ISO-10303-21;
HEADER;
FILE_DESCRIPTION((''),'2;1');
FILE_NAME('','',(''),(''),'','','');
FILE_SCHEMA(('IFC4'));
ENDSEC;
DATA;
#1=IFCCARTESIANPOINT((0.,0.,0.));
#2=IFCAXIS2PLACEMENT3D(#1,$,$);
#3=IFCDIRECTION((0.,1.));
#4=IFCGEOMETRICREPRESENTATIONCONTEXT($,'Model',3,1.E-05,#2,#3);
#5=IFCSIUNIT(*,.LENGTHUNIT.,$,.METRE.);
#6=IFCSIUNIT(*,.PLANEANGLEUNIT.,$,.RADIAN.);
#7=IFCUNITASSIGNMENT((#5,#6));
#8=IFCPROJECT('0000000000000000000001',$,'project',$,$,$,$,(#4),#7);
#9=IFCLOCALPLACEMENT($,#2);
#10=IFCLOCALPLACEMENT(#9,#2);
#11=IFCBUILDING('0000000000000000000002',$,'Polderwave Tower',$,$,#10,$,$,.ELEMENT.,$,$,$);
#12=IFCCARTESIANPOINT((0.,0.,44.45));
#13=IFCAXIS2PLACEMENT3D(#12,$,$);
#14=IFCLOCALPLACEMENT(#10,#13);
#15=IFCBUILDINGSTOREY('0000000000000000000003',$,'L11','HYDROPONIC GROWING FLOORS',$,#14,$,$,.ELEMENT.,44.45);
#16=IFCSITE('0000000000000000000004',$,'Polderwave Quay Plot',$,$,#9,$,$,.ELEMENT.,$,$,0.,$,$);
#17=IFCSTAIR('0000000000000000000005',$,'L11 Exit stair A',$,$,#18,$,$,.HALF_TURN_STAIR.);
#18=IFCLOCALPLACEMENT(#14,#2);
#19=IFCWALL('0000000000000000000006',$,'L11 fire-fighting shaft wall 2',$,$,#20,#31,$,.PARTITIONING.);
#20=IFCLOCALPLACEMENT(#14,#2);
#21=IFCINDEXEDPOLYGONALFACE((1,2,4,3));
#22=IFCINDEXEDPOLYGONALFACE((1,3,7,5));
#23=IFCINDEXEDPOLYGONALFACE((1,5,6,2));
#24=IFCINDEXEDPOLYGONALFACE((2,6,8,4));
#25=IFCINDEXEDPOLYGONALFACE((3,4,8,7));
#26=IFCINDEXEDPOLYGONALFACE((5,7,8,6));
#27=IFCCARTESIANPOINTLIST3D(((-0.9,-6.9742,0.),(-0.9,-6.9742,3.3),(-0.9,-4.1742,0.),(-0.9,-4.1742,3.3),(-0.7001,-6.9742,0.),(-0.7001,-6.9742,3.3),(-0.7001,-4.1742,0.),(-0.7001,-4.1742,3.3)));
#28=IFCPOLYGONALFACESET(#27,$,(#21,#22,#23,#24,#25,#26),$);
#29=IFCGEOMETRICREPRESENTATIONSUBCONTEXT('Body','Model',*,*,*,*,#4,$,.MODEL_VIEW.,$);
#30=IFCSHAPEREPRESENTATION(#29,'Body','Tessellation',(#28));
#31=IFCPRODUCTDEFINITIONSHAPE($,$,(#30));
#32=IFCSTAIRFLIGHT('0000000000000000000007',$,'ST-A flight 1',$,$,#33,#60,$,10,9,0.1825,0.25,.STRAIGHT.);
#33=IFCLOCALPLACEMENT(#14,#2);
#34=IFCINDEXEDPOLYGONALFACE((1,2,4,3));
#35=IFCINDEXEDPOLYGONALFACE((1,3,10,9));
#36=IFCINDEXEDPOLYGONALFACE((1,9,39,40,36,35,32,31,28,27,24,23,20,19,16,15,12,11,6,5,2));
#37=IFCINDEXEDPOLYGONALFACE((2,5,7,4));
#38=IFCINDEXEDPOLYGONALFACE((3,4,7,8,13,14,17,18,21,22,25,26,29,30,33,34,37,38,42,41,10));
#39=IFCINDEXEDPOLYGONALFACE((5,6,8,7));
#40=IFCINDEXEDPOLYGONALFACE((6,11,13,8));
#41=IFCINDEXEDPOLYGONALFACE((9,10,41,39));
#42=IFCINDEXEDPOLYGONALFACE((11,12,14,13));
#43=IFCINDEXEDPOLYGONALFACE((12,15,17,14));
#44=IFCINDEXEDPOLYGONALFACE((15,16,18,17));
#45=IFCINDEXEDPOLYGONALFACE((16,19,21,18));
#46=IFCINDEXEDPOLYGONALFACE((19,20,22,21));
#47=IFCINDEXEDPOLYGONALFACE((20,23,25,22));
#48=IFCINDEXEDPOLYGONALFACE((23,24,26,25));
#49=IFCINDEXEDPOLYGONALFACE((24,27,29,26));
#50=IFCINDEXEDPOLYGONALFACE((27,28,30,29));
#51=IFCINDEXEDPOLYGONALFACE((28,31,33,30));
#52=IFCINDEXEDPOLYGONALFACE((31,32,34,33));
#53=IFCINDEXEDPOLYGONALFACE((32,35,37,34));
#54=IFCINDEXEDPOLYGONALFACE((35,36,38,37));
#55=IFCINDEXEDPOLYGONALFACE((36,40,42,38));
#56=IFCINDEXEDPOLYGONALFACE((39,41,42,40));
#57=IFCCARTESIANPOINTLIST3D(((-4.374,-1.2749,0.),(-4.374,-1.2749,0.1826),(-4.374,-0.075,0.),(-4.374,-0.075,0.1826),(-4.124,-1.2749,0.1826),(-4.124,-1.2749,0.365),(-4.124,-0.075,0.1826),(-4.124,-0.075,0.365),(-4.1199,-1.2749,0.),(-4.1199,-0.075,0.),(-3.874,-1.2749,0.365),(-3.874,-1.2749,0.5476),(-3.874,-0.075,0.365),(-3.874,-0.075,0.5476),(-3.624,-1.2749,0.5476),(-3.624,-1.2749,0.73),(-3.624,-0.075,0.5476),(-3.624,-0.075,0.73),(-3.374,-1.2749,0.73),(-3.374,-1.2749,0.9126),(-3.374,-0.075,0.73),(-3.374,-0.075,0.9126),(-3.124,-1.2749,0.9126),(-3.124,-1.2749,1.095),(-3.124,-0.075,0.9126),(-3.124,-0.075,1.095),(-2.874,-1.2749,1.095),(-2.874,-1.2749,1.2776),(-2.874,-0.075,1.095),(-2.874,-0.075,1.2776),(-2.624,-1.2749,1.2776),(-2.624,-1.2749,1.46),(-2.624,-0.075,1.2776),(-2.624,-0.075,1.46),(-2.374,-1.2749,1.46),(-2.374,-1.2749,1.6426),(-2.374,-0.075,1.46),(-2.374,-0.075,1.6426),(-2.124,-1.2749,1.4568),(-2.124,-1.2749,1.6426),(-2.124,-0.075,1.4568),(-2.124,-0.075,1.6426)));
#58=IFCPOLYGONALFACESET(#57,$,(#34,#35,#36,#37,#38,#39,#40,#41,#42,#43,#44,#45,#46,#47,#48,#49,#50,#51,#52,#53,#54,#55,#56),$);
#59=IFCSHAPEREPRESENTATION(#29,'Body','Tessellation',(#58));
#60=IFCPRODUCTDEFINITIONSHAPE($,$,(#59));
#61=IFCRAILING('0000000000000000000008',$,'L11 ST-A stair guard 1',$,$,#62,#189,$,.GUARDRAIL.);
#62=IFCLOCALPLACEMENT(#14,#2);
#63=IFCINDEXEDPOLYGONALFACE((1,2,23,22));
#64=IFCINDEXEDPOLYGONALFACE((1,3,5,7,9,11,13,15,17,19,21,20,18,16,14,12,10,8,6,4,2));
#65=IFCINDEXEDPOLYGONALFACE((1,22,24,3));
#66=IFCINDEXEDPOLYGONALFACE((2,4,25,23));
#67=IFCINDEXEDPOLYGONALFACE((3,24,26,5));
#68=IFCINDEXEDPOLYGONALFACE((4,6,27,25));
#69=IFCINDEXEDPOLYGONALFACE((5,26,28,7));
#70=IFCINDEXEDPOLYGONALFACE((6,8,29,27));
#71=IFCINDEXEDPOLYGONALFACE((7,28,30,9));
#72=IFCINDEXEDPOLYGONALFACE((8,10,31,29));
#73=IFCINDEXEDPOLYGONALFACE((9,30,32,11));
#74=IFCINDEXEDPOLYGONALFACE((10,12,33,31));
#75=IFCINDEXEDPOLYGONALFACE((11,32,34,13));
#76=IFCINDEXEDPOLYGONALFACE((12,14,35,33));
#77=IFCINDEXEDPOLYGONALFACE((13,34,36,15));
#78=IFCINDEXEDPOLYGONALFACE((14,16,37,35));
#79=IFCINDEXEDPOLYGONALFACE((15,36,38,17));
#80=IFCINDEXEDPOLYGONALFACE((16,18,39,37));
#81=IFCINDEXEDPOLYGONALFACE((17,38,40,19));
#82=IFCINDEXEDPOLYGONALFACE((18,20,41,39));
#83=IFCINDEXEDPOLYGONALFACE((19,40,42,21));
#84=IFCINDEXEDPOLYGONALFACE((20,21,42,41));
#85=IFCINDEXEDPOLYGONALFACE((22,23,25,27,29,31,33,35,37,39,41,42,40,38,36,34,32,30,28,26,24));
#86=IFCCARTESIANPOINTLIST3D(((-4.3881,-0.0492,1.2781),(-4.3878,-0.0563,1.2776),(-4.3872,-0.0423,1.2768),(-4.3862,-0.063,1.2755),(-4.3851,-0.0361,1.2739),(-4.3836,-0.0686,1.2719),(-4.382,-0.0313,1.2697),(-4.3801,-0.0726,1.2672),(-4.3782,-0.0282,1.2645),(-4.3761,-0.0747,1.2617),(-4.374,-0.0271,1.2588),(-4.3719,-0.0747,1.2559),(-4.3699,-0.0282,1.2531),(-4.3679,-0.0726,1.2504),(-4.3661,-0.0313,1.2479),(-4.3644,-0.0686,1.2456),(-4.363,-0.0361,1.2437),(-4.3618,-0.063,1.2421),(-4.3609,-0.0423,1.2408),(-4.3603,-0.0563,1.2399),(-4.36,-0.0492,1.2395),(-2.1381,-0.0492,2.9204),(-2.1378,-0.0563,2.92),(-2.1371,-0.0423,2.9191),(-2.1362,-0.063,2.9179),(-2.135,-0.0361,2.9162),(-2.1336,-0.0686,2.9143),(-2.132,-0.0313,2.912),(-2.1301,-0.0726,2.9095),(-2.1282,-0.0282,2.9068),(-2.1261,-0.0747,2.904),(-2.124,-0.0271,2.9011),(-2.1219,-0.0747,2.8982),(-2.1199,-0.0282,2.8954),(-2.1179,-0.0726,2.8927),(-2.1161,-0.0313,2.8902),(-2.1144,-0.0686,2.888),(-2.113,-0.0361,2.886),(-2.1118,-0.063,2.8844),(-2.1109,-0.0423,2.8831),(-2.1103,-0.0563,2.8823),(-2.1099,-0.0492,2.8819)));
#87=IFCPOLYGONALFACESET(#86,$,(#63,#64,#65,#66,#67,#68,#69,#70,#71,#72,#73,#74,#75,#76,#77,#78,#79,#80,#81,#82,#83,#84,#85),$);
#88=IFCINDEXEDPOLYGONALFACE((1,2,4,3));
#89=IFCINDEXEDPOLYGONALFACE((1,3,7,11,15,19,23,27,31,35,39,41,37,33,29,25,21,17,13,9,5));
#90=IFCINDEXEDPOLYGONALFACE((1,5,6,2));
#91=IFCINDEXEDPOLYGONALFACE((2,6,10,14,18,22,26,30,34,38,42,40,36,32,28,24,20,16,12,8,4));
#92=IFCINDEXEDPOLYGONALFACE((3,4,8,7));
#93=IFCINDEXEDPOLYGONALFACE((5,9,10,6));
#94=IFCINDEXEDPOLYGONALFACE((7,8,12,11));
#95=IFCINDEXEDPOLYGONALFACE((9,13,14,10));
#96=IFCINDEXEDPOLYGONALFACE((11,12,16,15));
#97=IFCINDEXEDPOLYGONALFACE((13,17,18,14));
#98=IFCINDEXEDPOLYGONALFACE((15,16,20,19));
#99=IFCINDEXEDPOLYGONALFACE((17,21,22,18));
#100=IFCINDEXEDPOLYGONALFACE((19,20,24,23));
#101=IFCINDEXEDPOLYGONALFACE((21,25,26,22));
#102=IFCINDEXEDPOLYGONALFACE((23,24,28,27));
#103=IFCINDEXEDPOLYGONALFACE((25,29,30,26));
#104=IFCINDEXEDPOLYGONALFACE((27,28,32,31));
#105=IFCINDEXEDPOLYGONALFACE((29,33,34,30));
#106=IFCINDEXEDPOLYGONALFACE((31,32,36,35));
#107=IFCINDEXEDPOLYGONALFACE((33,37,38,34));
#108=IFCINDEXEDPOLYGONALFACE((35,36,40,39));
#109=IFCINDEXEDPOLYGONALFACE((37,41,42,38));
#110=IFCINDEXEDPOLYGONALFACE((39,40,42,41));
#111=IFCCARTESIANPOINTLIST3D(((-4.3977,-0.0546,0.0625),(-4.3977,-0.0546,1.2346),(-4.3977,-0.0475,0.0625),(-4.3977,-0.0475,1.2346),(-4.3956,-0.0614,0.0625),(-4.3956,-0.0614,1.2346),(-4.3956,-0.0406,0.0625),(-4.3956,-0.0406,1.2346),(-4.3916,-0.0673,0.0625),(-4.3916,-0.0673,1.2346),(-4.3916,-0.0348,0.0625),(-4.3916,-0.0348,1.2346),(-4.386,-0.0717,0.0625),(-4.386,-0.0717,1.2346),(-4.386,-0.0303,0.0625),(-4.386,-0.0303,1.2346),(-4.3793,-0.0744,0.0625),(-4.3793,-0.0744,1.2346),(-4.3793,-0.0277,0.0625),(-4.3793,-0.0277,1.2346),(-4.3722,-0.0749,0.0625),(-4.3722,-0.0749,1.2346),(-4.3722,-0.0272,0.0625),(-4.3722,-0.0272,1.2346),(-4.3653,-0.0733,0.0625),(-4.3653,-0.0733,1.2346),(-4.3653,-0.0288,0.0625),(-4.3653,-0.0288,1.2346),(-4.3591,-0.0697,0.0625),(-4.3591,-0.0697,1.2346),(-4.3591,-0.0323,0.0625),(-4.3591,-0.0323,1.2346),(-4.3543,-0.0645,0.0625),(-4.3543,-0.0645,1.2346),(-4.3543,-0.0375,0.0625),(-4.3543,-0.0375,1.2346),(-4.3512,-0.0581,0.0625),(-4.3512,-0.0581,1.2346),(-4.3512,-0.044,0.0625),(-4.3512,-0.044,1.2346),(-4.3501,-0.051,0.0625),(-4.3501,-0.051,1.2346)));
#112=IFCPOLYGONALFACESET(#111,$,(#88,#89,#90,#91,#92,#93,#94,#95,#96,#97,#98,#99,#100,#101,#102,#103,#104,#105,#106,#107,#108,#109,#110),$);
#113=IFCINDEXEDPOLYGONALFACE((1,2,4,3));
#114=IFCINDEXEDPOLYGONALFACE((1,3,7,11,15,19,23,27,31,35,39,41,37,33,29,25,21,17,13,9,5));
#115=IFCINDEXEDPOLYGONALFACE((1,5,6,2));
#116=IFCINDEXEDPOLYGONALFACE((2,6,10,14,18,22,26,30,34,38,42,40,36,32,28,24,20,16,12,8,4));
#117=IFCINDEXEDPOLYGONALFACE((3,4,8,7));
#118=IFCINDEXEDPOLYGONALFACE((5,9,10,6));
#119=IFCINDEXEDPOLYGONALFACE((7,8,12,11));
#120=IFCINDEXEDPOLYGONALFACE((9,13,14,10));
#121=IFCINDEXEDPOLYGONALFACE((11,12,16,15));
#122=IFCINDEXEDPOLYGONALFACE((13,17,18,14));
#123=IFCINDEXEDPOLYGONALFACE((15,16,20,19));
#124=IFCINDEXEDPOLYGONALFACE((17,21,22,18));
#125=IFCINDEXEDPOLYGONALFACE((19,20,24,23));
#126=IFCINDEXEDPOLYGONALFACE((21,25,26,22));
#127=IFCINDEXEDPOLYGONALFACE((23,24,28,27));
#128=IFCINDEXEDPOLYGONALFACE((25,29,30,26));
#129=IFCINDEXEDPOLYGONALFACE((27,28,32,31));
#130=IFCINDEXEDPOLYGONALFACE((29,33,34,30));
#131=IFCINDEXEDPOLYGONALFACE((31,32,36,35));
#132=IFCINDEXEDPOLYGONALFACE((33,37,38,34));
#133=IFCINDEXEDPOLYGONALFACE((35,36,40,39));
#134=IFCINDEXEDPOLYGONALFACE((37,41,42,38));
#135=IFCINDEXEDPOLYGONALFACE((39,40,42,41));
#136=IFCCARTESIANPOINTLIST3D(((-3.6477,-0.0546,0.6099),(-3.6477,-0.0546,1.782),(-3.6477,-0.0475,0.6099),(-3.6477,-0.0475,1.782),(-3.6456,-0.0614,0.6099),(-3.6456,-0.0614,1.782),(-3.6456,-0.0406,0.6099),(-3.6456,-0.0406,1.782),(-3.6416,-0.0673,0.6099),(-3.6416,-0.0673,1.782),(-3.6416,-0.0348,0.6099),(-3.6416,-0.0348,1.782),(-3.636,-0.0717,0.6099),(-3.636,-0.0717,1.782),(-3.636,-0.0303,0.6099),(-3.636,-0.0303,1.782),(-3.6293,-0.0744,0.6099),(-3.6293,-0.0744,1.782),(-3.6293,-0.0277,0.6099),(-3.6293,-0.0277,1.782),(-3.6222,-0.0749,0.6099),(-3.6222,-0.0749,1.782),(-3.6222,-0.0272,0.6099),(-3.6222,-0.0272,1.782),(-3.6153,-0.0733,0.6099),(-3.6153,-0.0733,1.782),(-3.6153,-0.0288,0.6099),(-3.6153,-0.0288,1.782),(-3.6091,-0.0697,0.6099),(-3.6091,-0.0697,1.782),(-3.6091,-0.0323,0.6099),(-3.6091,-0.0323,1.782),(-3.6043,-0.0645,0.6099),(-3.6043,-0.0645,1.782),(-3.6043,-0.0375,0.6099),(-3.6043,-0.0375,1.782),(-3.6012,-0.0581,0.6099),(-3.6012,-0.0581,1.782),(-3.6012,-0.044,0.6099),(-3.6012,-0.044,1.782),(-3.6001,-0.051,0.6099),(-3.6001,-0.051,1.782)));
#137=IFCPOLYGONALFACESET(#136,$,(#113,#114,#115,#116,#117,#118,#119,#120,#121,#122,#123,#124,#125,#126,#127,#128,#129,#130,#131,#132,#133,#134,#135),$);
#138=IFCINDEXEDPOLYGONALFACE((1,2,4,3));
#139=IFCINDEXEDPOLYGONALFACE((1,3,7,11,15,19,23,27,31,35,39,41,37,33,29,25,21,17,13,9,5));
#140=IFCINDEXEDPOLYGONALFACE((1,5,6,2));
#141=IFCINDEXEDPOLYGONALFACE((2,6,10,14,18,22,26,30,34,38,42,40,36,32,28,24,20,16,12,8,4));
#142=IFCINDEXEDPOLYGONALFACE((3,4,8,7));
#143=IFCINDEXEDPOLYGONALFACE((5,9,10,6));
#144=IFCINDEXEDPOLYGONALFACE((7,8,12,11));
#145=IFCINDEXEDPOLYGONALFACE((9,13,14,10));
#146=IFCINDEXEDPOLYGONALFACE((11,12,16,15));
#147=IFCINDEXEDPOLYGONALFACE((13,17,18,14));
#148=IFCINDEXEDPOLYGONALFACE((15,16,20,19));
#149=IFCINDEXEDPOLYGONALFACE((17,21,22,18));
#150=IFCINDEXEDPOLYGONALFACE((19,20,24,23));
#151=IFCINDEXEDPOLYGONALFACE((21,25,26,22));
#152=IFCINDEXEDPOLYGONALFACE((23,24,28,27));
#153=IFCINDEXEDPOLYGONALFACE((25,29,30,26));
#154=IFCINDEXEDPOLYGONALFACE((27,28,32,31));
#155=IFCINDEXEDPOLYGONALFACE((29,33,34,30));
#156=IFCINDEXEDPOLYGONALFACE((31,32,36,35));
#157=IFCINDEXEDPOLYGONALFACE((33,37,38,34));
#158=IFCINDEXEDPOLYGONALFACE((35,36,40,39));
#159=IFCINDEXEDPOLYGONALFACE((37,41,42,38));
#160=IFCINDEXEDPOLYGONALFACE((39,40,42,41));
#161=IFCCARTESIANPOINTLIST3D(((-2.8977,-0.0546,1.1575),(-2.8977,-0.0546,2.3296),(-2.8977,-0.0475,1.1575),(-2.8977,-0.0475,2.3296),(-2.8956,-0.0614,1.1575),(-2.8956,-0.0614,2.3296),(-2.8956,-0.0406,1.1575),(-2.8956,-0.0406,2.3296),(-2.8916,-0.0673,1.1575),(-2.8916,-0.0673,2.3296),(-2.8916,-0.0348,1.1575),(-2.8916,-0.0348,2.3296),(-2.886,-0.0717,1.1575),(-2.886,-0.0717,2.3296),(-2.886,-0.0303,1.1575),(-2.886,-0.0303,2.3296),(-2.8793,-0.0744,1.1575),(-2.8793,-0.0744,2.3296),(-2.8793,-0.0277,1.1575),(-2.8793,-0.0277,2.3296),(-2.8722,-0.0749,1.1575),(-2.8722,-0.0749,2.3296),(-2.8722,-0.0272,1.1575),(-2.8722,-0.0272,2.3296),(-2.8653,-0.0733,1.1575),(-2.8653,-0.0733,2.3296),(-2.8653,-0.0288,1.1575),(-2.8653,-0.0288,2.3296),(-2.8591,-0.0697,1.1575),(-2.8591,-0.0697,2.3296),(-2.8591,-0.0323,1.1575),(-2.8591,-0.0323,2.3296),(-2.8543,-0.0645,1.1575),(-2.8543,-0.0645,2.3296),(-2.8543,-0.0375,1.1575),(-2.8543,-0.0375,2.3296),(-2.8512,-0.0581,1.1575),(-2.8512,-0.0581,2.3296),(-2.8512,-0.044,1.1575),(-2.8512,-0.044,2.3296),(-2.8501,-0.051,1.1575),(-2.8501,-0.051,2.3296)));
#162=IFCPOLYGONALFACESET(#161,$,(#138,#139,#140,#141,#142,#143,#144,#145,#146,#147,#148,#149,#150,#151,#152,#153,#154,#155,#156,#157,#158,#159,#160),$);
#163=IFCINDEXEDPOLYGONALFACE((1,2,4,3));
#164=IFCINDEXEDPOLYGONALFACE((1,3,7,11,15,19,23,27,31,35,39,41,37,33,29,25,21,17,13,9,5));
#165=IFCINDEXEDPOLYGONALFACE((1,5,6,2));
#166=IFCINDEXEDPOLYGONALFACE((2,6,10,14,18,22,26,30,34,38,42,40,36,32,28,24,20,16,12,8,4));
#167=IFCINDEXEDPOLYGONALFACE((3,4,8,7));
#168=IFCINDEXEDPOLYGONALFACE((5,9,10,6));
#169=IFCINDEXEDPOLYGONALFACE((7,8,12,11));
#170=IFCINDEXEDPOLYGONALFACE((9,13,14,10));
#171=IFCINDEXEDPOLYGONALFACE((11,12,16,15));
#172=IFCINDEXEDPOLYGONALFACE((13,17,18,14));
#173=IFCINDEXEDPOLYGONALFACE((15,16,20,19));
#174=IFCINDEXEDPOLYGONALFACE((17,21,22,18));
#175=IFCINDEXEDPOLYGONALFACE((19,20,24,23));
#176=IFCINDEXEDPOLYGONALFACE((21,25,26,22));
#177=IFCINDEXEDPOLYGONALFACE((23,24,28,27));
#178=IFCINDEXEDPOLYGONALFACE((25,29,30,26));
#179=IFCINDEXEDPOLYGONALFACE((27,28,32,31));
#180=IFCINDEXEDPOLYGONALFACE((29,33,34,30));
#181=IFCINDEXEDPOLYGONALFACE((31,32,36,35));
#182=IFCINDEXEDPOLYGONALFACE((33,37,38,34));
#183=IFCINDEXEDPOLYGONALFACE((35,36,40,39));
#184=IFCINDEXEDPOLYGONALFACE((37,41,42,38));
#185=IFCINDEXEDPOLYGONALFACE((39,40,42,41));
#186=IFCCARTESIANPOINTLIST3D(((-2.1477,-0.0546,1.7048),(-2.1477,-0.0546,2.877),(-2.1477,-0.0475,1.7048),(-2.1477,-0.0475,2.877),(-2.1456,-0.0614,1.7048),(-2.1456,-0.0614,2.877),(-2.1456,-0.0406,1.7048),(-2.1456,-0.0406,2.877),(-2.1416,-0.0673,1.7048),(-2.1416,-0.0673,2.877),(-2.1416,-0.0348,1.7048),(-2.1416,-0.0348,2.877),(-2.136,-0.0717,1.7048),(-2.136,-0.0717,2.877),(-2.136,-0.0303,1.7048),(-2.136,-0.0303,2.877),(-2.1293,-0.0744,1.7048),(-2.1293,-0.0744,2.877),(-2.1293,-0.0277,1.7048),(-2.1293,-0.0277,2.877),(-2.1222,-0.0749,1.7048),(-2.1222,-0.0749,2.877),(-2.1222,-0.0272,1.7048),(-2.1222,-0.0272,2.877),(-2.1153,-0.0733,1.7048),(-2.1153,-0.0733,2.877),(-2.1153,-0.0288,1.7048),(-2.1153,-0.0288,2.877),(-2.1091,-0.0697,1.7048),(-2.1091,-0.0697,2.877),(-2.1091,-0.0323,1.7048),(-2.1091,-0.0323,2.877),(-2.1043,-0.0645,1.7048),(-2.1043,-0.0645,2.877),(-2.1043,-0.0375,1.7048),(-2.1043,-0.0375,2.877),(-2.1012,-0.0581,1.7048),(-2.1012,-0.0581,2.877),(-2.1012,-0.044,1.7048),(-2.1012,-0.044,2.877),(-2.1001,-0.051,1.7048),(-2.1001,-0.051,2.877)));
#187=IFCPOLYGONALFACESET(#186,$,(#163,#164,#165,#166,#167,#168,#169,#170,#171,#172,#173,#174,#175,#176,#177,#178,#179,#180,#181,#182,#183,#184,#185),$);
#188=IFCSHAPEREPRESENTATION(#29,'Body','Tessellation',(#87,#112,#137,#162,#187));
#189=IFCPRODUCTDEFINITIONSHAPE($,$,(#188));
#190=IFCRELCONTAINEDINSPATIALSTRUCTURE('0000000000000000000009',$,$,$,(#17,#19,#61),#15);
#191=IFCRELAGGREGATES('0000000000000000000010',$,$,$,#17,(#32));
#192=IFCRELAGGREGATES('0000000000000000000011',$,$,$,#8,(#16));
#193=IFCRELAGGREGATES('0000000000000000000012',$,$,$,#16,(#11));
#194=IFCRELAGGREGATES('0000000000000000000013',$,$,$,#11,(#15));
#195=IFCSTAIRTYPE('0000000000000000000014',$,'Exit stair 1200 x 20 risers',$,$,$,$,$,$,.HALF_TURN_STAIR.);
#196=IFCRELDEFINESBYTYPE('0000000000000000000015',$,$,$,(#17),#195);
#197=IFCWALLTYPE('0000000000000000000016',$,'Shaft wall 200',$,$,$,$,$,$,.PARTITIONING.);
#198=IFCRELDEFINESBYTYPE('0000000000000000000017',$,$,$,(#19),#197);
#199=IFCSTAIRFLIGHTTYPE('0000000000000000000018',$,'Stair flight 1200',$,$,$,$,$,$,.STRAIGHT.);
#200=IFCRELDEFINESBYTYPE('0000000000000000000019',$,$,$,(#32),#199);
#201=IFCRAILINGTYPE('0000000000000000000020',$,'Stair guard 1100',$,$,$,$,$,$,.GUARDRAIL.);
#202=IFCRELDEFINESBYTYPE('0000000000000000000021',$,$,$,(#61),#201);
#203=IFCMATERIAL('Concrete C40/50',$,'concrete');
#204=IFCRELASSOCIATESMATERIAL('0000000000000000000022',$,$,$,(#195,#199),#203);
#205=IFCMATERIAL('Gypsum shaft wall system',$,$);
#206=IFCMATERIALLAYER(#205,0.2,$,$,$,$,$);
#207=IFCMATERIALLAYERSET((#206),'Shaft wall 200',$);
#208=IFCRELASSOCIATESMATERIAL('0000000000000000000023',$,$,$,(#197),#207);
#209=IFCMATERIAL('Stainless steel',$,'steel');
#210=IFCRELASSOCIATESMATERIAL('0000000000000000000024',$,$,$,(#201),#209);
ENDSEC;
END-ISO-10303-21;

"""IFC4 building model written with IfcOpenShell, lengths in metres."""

from ifc_helpers import new_model, si_unit, direction, frame, frame_2d, origin, origin_2d, place, context, subcontext, project, spatial, polyline, rectangle, circle, outline, extrude, material, layer, layer_set, type_object, element, aggregate, save


model = new_model("IFC4")

# Units and contexts
model_context = context("Model", 3, precision=1e-05, world=origin(), true_north=direction((0.0, 1.0)))
body_context = subcontext(model_context, "Body", "Model", "MODEL_VIEW")
ifc_project = project(units=[si_unit("LENGTHUNIT", "METRE"), si_unit("PLANEANGLEUNIT", "RADIAN")], contexts=[model_context])

# Site, building, storey
site_placement = place(None, origin())
site = spatial("IfcSite", under=ifc_project, at=site_placement, Name="Polderwave Quay Plot", CompositionType="ELEMENT", RefElevation=0.0)
building_placement = place(site_placement, origin())
building = spatial("IfcBuilding", under=site, at=building_placement, Name="Polderwave Tower", CompositionType="ELEMENT")
storey_placement = place(building_placement, frame((0.0, 0.0, 44.45)))
storey = spatial("IfcBuildingStorey", under=building, at=storey_placement, Name="L11", Description="HYDROPONIC GROWING FLOORS", CompositionType="ELEMENT", Elevation=44.45)

# Shared definitions
ifc_material_1 = material(Name="Concrete C40/50", Category="concrete")

# Stair
stair_type = type_object("IfcStairType", Name="Exit stair 1200 x 20 risers", PredefinedType="HALF_TURN_STAIR", material=ifc_material_1)
stair_placement = place(storey_placement, origin())
stair = element("IfcStair", 1, at=stair_placement, inside=storey, type_object=stair_type, Name="L11 Exit stair A", PredefinedType="HALF_TURN_STAIR")

# Wall
ifc_material_2 = material(Name="Gypsum shaft wall system")
ifc_layer_1 = layer(ifc_material_2, 0.2)
ifc_layer_set_1 = layer_set([ifc_layer_1], Name="Shaft wall 200")
wall_type_1 = type_object("IfcWallType", Name="Shaft wall 200", PredefinedType="PARTITIONING", material=ifc_layer_set_1)
for number, where, z_axis, x_axis, name in (
    (2, (-0.8, -6.9741, 0.0), (0.0, 0.0, 1.0), (0.0, 1.0, 0.0), "L11 fire-fighting shaft wall 2"),
):
    element("IfcWall", number, at=place(storey_placement, frame(where, z_axis=z_axis, x_axis=x_axis)), inside=storey, type_object=wall_type_1, Name=name, PredefinedType="PARTITIONING", context=body_context, shape_type="SweptSolid", body=[
        extrude(rectangle(XDim=2.8, YDim=0.2, at=frame_2d((1.3999, 0.0))), origin(), (0.0, 0.0, 1.0), 3.3),
    ])

# Stair flight
stair_flight_type = type_object("IfcStairFlightType", Name="Stair flight 1200", PredefinedType="STRAIGHT", material=ifc_material_1)
stair_flight_placement = place(storey_placement, frame((-4.374, -0.675, 0.0), z_axis=(0.0, 0.0, 1.0), x_axis=(1.0, 0.0, 0.0)))
stair_flight = element("IfcStairFlight", 3, at=stair_flight_placement, type_object=stair_flight_type, Name="ST-A flight 1", NumberOfRisers=10, NumberOfTreads=9, PredefinedType="STRAIGHT", RiserHeight=0.1825, TreadLength=0.25, context=body_context, shape_type="SweptSolid", body=[
    extrude(outline(polyline([(0.0, 0.0), (0.0, 0.1826), (0.25, 0.1826), (0.25, 0.365), (0.5, 0.365), (0.5, 0.5476), (0.75, 0.5476), (0.75, 0.73), (1.0, 0.73), (1.0, 0.9126), (1.25, 0.9126), (1.25, 1.095), (1.5, 1.095), (1.5, 1.2776), (1.75, 1.2776), (1.75, 1.46), (2.0, 1.46), (2.0, 1.6426), (2.25, 1.6426), (2.25, 1.825), (2.25, 1.4568), (0.2542, 0.0), (0.0, 0.0)])), frame((0.0, 0.6001, 0.0), z_axis=(0.0, -1.0, 0.0), x_axis=(1.0, 0.0, 0.0)), (0.0, 0.0, 1.0), 1.2),
])
aggregate(stair, [stair_flight])

# Railing
ifc_material_3 = material(Name="Stainless steel", Category="steel")
railing_type = type_object("IfcRailingType", Name="Stair guard 1100", PredefinedType="GUARDRAIL", material=ifc_material_3)
railing_1_placement = place(storey_placement, frame((-4.374, -0.051, 0.0625)))
element("IfcRailing", 4, at=railing_1_placement, inside=storey, type_object=railing_type, Name="L11 ST-A stair guard 1", PredefinedType="GUARDRAIL", context=body_context, shape_type="SweptSolid", body=[
    extrude(circle(Radius=0.0239, at=origin_2d()), frame((0.0, 0.0, 1.1963), z_axis=(0.807715, 0.0, 0.589573), x_axis=(0.0, 1.0, 0.0)), (0.0, 0.0, 1.0), 2.7856),
    extrude(circle(Radius=0.0239, at=origin_2d()), origin(), (0.0, 0.0, 1.0), 1.1721),
    extrude(circle(Radius=0.0239, at=origin_2d()), frame((0.75, 0.0, 0.5474)), (0.0, 0.0, 1.0), 1.1721),
    extrude(circle(Radius=0.0239, at=origin_2d()), frame((1.5, 0.0, 1.095)), (0.0, 0.0, 1.0), 1.1721),
    extrude(circle(Radius=0.0239, at=origin_2d()), frame((2.25, 0.0, 1.6423)), (0.0, 0.0, 1.0), 1.1721),
])

save(model, "model.ifc")
